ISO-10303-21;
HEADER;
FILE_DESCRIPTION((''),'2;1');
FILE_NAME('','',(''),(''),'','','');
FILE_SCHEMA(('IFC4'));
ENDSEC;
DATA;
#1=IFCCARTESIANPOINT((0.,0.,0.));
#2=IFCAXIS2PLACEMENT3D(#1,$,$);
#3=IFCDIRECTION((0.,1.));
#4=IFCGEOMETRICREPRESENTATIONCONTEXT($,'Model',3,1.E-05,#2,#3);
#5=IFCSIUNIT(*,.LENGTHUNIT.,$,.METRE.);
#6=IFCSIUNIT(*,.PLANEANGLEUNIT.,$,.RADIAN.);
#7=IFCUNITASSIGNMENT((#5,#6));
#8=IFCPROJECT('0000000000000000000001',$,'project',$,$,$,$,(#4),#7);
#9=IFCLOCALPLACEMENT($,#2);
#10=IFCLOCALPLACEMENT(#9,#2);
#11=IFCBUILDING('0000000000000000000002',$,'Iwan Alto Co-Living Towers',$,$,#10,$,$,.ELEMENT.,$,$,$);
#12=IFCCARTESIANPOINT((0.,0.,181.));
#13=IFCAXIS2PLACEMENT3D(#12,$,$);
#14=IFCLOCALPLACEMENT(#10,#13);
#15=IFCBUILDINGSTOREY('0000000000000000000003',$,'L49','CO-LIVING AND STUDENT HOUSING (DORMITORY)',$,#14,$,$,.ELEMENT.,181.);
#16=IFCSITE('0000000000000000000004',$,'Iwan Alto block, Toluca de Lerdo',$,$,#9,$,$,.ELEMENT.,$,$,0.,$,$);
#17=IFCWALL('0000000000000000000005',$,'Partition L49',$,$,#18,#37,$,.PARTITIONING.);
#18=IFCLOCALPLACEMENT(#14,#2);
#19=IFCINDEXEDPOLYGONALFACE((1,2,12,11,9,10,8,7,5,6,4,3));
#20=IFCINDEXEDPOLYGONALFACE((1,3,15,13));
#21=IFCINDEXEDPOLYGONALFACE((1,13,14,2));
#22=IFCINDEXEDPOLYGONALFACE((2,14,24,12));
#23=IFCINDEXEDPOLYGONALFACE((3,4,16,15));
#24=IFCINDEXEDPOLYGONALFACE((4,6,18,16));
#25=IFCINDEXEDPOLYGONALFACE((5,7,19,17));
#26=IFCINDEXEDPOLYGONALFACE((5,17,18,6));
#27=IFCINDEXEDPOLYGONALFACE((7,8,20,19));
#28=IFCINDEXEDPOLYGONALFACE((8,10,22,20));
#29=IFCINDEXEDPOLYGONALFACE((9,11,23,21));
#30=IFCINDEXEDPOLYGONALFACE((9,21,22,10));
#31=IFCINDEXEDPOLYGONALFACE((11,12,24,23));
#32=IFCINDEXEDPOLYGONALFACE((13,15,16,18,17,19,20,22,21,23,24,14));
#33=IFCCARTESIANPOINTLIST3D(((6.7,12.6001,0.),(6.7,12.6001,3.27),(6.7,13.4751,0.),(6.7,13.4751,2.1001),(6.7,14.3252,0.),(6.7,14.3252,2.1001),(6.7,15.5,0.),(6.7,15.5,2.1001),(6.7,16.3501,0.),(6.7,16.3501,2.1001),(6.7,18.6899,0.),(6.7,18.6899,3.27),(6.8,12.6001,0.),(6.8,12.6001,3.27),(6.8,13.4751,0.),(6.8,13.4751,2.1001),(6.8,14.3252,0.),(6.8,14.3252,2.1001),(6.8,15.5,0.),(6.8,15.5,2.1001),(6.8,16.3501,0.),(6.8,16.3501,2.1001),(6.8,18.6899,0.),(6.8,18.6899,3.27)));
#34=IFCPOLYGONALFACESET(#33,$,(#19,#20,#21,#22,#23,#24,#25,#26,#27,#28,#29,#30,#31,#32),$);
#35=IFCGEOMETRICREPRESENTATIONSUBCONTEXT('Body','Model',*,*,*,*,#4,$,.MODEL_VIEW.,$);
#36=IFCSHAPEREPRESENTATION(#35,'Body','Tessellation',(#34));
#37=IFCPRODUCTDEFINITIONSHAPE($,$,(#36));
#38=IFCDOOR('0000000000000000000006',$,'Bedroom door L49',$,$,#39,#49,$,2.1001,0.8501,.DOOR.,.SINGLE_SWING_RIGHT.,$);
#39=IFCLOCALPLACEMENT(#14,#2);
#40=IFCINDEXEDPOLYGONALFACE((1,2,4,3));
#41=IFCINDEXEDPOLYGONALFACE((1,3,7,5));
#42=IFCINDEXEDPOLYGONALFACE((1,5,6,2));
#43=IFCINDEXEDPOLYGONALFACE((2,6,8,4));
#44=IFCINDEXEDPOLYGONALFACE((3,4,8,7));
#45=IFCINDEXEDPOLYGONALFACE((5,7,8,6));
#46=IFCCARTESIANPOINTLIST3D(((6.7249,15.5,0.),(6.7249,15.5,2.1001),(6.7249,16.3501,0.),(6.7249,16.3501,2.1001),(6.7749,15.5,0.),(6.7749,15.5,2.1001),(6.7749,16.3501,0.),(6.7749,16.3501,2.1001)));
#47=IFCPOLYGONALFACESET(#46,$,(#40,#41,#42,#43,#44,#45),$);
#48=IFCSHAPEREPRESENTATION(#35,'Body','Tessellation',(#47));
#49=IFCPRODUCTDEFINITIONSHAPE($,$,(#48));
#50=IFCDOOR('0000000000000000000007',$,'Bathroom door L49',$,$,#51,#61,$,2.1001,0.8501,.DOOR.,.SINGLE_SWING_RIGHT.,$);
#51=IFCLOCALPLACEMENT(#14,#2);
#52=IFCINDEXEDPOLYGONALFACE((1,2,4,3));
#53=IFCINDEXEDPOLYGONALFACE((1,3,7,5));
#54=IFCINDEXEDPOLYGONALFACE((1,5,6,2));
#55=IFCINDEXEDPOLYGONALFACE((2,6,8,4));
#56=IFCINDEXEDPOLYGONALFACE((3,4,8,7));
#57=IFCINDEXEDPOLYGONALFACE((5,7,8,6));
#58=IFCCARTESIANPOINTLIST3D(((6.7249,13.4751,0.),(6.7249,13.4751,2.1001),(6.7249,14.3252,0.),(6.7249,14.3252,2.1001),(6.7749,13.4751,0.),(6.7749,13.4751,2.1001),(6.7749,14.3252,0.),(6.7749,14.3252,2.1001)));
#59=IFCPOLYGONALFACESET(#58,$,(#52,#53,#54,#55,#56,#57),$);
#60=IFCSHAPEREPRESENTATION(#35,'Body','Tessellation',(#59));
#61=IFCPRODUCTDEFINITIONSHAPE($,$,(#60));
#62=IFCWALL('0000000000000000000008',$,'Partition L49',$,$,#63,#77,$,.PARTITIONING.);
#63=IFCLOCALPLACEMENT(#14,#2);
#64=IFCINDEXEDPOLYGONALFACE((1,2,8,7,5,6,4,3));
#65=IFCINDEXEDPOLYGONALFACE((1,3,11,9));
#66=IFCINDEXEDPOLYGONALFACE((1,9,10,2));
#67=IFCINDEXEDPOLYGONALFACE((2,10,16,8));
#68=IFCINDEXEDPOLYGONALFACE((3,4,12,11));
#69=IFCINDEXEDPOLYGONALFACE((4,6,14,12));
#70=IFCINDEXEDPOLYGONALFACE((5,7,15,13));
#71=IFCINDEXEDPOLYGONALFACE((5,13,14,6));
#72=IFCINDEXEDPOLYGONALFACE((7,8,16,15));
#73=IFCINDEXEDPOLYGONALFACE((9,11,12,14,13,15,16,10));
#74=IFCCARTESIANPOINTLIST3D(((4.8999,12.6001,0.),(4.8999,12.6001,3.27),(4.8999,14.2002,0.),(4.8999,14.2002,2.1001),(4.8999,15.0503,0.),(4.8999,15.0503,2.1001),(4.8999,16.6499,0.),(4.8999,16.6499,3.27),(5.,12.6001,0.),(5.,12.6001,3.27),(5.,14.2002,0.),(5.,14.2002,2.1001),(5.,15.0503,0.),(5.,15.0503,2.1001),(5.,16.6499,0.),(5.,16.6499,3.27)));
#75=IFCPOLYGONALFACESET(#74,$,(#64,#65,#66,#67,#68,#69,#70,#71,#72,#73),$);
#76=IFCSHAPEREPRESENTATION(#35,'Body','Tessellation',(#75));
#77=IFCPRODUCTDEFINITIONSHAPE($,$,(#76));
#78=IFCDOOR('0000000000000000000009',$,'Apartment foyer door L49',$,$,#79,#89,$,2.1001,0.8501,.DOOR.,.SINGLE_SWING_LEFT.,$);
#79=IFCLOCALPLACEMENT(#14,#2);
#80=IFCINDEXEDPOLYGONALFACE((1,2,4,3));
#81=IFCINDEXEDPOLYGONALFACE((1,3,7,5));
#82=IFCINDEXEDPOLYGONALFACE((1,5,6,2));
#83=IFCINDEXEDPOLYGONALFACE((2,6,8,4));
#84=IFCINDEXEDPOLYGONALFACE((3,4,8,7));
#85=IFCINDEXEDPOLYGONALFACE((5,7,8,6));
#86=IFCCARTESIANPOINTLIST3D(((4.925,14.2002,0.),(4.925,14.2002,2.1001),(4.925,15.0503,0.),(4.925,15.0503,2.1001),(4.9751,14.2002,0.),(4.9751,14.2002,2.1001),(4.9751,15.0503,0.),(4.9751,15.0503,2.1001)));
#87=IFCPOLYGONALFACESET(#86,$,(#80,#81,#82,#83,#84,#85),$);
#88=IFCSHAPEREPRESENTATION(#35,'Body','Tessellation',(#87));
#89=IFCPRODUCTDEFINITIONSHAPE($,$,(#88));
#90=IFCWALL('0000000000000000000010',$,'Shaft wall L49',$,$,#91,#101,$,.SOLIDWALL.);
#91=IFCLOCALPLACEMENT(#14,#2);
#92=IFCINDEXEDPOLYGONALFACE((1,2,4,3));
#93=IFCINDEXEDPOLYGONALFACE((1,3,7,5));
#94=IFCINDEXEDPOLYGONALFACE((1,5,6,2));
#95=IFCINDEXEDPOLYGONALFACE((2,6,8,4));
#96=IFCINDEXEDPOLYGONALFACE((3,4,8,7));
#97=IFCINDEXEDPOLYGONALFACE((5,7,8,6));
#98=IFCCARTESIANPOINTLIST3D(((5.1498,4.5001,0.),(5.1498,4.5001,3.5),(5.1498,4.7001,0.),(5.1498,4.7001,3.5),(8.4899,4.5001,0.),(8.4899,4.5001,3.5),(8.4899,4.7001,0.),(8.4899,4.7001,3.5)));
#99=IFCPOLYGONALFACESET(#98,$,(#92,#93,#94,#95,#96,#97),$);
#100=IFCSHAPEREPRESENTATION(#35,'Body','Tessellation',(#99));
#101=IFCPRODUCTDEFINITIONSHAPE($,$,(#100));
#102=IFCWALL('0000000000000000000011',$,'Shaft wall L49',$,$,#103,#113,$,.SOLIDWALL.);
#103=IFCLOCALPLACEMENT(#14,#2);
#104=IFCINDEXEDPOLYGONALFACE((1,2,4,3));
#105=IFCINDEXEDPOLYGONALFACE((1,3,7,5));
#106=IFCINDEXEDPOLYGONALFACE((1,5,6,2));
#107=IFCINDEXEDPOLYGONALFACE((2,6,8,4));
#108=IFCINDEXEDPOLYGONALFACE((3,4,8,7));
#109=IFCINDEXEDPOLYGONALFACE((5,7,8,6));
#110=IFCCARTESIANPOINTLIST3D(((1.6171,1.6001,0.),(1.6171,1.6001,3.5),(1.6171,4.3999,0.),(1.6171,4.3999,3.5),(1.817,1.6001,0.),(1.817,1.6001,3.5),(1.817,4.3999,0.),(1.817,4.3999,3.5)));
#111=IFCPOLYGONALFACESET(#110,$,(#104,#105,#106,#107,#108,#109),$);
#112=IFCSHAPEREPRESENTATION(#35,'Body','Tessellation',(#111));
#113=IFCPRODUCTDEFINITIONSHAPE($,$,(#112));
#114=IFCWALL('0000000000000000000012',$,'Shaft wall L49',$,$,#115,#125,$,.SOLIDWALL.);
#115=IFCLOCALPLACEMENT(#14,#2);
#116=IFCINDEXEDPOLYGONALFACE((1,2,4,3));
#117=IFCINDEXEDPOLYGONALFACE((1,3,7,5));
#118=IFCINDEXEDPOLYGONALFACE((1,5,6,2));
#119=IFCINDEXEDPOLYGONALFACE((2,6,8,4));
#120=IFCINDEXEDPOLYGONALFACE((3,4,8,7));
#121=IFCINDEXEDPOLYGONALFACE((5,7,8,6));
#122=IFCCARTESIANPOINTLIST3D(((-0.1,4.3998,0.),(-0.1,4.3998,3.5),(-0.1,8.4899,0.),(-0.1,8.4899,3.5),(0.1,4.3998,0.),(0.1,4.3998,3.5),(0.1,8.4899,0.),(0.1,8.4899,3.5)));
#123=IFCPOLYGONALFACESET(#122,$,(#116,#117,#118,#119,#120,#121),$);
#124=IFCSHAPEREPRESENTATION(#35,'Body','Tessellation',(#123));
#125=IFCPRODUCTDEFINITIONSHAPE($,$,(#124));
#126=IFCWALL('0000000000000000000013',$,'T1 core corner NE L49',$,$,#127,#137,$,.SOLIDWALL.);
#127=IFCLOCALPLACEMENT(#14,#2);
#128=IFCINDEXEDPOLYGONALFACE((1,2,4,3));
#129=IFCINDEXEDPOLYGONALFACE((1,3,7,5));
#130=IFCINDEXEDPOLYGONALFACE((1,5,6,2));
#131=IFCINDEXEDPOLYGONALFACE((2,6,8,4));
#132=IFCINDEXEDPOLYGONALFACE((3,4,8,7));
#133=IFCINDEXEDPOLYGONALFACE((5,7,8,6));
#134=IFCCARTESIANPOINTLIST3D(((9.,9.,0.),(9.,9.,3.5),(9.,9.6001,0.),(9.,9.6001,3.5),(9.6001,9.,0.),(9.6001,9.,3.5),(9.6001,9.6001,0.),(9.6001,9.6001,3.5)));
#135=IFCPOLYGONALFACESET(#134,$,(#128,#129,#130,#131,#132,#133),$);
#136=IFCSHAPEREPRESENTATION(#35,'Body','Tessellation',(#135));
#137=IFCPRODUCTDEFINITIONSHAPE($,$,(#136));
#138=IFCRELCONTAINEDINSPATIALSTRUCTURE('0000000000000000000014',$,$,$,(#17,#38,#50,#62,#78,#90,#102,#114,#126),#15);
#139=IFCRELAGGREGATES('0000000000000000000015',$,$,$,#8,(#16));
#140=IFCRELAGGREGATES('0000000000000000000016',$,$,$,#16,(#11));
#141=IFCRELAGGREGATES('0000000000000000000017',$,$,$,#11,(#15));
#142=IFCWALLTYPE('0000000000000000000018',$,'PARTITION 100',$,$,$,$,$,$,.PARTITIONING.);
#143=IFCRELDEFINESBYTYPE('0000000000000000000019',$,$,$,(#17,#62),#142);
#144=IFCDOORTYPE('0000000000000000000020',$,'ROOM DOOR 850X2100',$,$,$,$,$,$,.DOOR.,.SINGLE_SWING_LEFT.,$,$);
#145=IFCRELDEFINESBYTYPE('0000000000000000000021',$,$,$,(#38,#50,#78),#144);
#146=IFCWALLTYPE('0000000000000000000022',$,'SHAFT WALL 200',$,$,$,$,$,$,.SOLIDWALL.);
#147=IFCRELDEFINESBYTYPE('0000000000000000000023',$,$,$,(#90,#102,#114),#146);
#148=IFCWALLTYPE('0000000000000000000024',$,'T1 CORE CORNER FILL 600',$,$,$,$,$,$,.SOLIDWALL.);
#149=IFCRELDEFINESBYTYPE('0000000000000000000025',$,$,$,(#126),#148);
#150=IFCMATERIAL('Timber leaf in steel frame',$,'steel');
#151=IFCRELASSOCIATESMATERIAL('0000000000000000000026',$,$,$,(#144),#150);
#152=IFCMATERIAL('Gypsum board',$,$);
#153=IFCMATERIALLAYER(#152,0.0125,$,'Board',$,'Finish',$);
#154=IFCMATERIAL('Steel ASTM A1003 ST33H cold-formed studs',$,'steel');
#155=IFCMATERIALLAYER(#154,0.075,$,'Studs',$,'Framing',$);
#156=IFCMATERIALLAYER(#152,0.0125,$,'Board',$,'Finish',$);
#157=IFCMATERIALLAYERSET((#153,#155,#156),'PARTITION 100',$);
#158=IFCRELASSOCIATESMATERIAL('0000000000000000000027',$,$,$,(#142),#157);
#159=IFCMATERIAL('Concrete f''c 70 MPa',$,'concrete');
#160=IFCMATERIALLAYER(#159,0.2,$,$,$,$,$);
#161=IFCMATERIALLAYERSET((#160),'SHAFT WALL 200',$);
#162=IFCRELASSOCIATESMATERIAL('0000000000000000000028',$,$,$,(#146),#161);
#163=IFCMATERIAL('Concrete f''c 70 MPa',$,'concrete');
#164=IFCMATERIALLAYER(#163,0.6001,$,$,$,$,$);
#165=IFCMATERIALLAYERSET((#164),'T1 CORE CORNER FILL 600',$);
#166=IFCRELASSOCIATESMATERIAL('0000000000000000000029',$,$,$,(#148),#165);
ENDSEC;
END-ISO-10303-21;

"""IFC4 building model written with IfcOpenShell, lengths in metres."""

from ifc_helpers import new_model, si_unit, direction, frame, frame_2d, origin, place, context, subcontext, project, spatial, rectangle, extrude, material, layer, layer_set, type_object, element, fill, save


model = new_model("IFC4")

# Units and contexts
model_context = context("Model", 3, precision=1e-05, world=origin(), true_north=direction((0.0, 1.0)))
body_context = subcontext(model_context, "Body", "Model", "MODEL_VIEW")
ifc_project = project(units=[si_unit("LENGTHUNIT", "METRE"), si_unit("PLANEANGLEUNIT", "RADIAN")], contexts=[model_context])

# Site, building, storey
site_placement = place(None, origin())
site = spatial("IfcSite", under=ifc_project, at=site_placement, Name="Iwan Alto block, Toluca de Lerdo", CompositionType="ELEMENT", RefElevation=0.0)
building_placement = place(site_placement, origin())
building = spatial("IfcBuilding", under=site, at=building_placement, Name="Iwan Alto Co-Living Towers", CompositionType="ELEMENT")
storey_placement = place(building_placement, frame((0.0, 0.0, 181.0)))
storey = spatial("IfcBuildingStorey", under=building, at=storey_placement, Name="L49", Description="CO-LIVING AND STUDENT HOUSING (DORMITORY)", CompositionType="ELEMENT", Elevation=181.0)

# Shared definitions
ifc_material_1 = material(Name="Gypsum board")
ifc_material_2 = material(Name="Steel ASTM A1003 ST33H cold-formed studs", Category="steel")

# Shared definitions
ifc_material_3 = material(Name="Timber leaf in steel frame", Category="steel")
door_type_1 = type_object("IfcDoorType", Name="ROOM DOOR 850X2100", OperationType="SINGLE_SWING_LEFT", PredefinedType="DOOR", material=ifc_material_3)
ifc_layer_1 = layer(ifc_material_1, 0.0125, Name="Board", Category="Finish")
ifc_layer_2 = layer(ifc_material_2, 0.075, Name="Studs", Category="Framing")
ifc_layer_3 = layer(ifc_material_1, 0.0125, Name="Board", Category="Finish")
ifc_layer_set_1 = layer_set([ifc_layer_1, ifc_layer_2, ifc_layer_3], Name="PARTITION 100")
wall_type_1 = type_object("IfcWallType", Name="PARTITION 100", PredefinedType="PARTITIONING", material=ifc_layer_set_1)

# Wall, openings, doors
wall_1_placement = place(storey_placement, frame((6.75, 12.6001, 0.0), z_axis=(0.0, 0.0, 1.0), x_axis=(0.0, 1.0, 0.0)))
wall_1 = element("IfcWall", 1, at=wall_1_placement, inside=storey, type_object=wall_type_1, Name="Partition L49", PredefinedType="PARTITIONING", context=body_context, shape_type="SweptSolid", body=[
    extrude(rectangle(XDim=6.0898, YDim=0.1001, at=frame_2d((3.0449, 0.0))), origin(), (0.0, 0.0, 1.0), 3.27),
])
opening_1_placement = place(wall_1_placement, frame((2.8999, 0.0, 0.0)))
opening_1 = element("IfcOpeningElement", 2, at=opening_1_placement, cuts=wall_1, PredefinedType="OPENING", context=body_context, shape_type="SweptSolid", body=[
    extrude(rectangle(XDim=0.8501, YDim=2.1001, at=frame_2d((0.425, 1.05))), frame((0.0, 0.0601, 0.0), z_axis=(0.0, -1.0, 0.0), x_axis=(1.0, 0.0, 0.0)), (0.0, 0.0, 1.0), 0.1201),
])
opening_2_placement = place(wall_1_placement, frame((0.875, 0.0, 0.0)))
opening_2 = element("IfcOpeningElement", 3, at=opening_2_placement, cuts=wall_1, PredefinedType="OPENING", context=body_context, shape_type="SweptSolid", body=[
    extrude(rectangle(XDim=0.8501, YDim=2.1001, at=frame_2d((0.425, 1.05))), frame((0.0, 0.0601, 0.0), z_axis=(0.0, -1.0, 0.0), x_axis=(1.0, 0.0, 0.0)), (0.0, 0.0, 1.0), 0.1201),
])
door_1_placement = place(opening_1_placement, frame((0.8501, 0.0, 0.0), z_axis=(0.0, 0.0, 1.0), x_axis=(-1.0, 0.0, 0.0)))
door_1 = element("IfcDoor", 4, at=door_1_placement, inside=storey, type_object=door_type_1, Name="Bedroom door L49", OperationType="SINGLE_SWING_RIGHT", OverallHeight=2.1001, OverallWidth=0.8501, PredefinedType="DOOR", context=body_context, shape_type="SweptSolid", body=[
    extrude(rectangle(XDim=0.8501, YDim=2.1001, at=frame_2d((0.425, 1.05))), frame((0.0, 0.0249, 0.0), z_axis=(0.0, -1.0, 0.0), x_axis=(1.0, 0.0, 0.0)), (0.0, 0.0, 1.0), 0.05),
])
fill(opening_1, door_1)
door_2_placement = place(opening_2_placement, frame((0.8501, 0.0, 0.0), z_axis=(0.0, 0.0, 1.0), x_axis=(-1.0, 0.0, 0.0)))
door_2 = element("IfcDoor", 5, at=door_2_placement, inside=storey, type_object=door_type_1, Name="Bathroom door L49", OperationType="SINGLE_SWING_RIGHT", OverallHeight=2.1001, OverallWidth=0.8501, PredefinedType="DOOR", context=body_context, shape_type="SweptSolid", body=[
    extrude(rectangle(XDim=0.8501, YDim=2.1001, at=frame_2d((0.425, 1.05))), frame((0.0, 0.0249, 0.0), z_axis=(0.0, -1.0, 0.0), x_axis=(1.0, 0.0, 0.0)), (0.0, 0.0, 1.0), 0.05),
])
fill(opening_2, door_2)

# Wall, opening, door
wall_2_placement = place(storey_placement, frame((4.95, 12.6001, 0.0), z_axis=(0.0, 0.0, 1.0), x_axis=(0.0, 1.0, 0.0)))
wall_2 = element("IfcWall", 6, at=wall_2_placement, inside=storey, type_object=wall_type_1, Name="Partition L49", PredefinedType="PARTITIONING", context=body_context, shape_type="SweptSolid", body=[
    extrude(rectangle(XDim=4.0498, YDim=0.1001, at=frame_2d((2.0249, 0.0))), origin(), (0.0, 0.0, 1.0), 3.27),
])
opening_3_placement = place(wall_2_placement, frame((1.6001, 0.0, 0.0)))
opening_3 = element("IfcOpeningElement", 7, at=opening_3_placement, cuts=wall_2, PredefinedType="OPENING", context=body_context, shape_type="SweptSolid", body=[
    extrude(rectangle(XDim=0.8501, YDim=2.1001, at=frame_2d((0.425, 1.05))), frame((0.0, 0.0601, 0.0), z_axis=(0.0, -1.0, 0.0), x_axis=(1.0, 0.0, 0.0)), (0.0, 0.0, 1.0), 0.1201),
])
door_3_placement = place(opening_3_placement, origin())
door_3 = element("IfcDoor", 8, at=door_3_placement, inside=storey, type_object=door_type_1, Name="Apartment foyer door L49", OperationType="SINGLE_SWING_LEFT", OverallHeight=2.1001, OverallWidth=0.8501, PredefinedType="DOOR", context=body_context, shape_type="SweptSolid", body=[
    extrude(rectangle(XDim=0.8501, YDim=2.1001, at=frame_2d((0.425, 1.05))), frame((0.0, 0.0249, 0.0), z_axis=(0.0, -1.0, 0.0), x_axis=(1.0, 0.0, 0.0)), (0.0, 0.0, 1.0), 0.05),
])
fill(opening_3, door_3)

# Walls
ifc_material_4 = material(Name="Concrete f'c 70 MPa", Category="concrete")
ifc_layer_4 = layer(ifc_material_4, 0.2)
ifc_layer_set_2 = layer_set([ifc_layer_4], Name="SHAFT WALL 200")
wall_type_2 = type_object("IfcWallType", Name="SHAFT WALL 200", PredefinedType="SOLIDWALL", material=ifc_layer_set_2)
wall_3_placement = place(storey_placement, frame((5.1499, 4.6001, 0.0), z_axis=(0.0, 0.0, 1.0), x_axis=(1.0, 0.0, 0.0)))
element("IfcWall", 9, at=wall_3_placement, inside=storey, type_object=wall_type_2, Name="Shaft wall L49", PredefinedType="SOLIDWALL", context=body_context, shape_type="SweptSolid", body=[
    extrude(rectangle(XDim=3.3401, YDim=0.2, at=frame_2d((1.6699, 0.0))), origin(), (0.0, 0.0, 1.0), 3.5),
])
wall_4_placement = place(storey_placement, frame((1.717, 1.6001, 0.0), z_axis=(0.0, 0.0, 1.0), x_axis=(0.0, 1.0, 0.0)))
element("IfcWall", 10, at=wall_4_placement, inside=storey, type_object=wall_type_2, Name="Shaft wall L49", PredefinedType="SOLIDWALL", context=body_context, shape_type="SweptSolid", body=[
    extrude(rectangle(XDim=2.7998, YDim=0.2, at=frame_2d((1.3999, 0.0))), origin(), (0.0, 0.0, 1.0), 3.5),
])
wall_5_placement = place(storey_placement, frame((0.0, 4.3999, 0.0), z_axis=(0.0, 0.0, 1.0), x_axis=(0.0, 1.0, 0.0)))
element("IfcWall", 11, at=wall_5_placement, inside=storey, type_object=wall_type_2, Name="Shaft wall L49", PredefinedType="SOLIDWALL", context=body_context, shape_type="SweptSolid", body=[
    extrude(rectangle(XDim=4.0901, YDim=0.2, at=frame_2d((2.0449, 0.0))), origin(), (0.0, 0.0, 1.0), 3.5),
])
ifc_material_5 = material(Name="Concrete f'c 70 MPa", Category="concrete")
ifc_layer_5 = layer(ifc_material_5, 0.6001)
ifc_layer_set_3 = layer_set([ifc_layer_5], Name="T1 CORE CORNER FILL 600")
wall_type_3 = type_object("IfcWallType", Name="T1 CORE CORNER FILL 600", PredefinedType="SOLIDWALL", material=ifc_layer_set_3)
wall_6_placement = place(storey_placement, frame((9.0, 9.3, 0.0), z_axis=(0.0, 0.0, 1.0), x_axis=(1.0, 0.0, 0.0)))
element("IfcWall", 12, at=wall_6_placement, inside=storey, type_object=wall_type_3, Name="T1 core corner NE L49", PredefinedType="SOLIDWALL", context=body_context, shape_type="SweptSolid", body=[
    extrude(rectangle(XDim=0.6001, YDim=0.6001, at=frame_2d((0.3, 0.0))), origin(), (0.0, 0.0, 1.0), 3.5),
])

save(model, "model.ifc")
